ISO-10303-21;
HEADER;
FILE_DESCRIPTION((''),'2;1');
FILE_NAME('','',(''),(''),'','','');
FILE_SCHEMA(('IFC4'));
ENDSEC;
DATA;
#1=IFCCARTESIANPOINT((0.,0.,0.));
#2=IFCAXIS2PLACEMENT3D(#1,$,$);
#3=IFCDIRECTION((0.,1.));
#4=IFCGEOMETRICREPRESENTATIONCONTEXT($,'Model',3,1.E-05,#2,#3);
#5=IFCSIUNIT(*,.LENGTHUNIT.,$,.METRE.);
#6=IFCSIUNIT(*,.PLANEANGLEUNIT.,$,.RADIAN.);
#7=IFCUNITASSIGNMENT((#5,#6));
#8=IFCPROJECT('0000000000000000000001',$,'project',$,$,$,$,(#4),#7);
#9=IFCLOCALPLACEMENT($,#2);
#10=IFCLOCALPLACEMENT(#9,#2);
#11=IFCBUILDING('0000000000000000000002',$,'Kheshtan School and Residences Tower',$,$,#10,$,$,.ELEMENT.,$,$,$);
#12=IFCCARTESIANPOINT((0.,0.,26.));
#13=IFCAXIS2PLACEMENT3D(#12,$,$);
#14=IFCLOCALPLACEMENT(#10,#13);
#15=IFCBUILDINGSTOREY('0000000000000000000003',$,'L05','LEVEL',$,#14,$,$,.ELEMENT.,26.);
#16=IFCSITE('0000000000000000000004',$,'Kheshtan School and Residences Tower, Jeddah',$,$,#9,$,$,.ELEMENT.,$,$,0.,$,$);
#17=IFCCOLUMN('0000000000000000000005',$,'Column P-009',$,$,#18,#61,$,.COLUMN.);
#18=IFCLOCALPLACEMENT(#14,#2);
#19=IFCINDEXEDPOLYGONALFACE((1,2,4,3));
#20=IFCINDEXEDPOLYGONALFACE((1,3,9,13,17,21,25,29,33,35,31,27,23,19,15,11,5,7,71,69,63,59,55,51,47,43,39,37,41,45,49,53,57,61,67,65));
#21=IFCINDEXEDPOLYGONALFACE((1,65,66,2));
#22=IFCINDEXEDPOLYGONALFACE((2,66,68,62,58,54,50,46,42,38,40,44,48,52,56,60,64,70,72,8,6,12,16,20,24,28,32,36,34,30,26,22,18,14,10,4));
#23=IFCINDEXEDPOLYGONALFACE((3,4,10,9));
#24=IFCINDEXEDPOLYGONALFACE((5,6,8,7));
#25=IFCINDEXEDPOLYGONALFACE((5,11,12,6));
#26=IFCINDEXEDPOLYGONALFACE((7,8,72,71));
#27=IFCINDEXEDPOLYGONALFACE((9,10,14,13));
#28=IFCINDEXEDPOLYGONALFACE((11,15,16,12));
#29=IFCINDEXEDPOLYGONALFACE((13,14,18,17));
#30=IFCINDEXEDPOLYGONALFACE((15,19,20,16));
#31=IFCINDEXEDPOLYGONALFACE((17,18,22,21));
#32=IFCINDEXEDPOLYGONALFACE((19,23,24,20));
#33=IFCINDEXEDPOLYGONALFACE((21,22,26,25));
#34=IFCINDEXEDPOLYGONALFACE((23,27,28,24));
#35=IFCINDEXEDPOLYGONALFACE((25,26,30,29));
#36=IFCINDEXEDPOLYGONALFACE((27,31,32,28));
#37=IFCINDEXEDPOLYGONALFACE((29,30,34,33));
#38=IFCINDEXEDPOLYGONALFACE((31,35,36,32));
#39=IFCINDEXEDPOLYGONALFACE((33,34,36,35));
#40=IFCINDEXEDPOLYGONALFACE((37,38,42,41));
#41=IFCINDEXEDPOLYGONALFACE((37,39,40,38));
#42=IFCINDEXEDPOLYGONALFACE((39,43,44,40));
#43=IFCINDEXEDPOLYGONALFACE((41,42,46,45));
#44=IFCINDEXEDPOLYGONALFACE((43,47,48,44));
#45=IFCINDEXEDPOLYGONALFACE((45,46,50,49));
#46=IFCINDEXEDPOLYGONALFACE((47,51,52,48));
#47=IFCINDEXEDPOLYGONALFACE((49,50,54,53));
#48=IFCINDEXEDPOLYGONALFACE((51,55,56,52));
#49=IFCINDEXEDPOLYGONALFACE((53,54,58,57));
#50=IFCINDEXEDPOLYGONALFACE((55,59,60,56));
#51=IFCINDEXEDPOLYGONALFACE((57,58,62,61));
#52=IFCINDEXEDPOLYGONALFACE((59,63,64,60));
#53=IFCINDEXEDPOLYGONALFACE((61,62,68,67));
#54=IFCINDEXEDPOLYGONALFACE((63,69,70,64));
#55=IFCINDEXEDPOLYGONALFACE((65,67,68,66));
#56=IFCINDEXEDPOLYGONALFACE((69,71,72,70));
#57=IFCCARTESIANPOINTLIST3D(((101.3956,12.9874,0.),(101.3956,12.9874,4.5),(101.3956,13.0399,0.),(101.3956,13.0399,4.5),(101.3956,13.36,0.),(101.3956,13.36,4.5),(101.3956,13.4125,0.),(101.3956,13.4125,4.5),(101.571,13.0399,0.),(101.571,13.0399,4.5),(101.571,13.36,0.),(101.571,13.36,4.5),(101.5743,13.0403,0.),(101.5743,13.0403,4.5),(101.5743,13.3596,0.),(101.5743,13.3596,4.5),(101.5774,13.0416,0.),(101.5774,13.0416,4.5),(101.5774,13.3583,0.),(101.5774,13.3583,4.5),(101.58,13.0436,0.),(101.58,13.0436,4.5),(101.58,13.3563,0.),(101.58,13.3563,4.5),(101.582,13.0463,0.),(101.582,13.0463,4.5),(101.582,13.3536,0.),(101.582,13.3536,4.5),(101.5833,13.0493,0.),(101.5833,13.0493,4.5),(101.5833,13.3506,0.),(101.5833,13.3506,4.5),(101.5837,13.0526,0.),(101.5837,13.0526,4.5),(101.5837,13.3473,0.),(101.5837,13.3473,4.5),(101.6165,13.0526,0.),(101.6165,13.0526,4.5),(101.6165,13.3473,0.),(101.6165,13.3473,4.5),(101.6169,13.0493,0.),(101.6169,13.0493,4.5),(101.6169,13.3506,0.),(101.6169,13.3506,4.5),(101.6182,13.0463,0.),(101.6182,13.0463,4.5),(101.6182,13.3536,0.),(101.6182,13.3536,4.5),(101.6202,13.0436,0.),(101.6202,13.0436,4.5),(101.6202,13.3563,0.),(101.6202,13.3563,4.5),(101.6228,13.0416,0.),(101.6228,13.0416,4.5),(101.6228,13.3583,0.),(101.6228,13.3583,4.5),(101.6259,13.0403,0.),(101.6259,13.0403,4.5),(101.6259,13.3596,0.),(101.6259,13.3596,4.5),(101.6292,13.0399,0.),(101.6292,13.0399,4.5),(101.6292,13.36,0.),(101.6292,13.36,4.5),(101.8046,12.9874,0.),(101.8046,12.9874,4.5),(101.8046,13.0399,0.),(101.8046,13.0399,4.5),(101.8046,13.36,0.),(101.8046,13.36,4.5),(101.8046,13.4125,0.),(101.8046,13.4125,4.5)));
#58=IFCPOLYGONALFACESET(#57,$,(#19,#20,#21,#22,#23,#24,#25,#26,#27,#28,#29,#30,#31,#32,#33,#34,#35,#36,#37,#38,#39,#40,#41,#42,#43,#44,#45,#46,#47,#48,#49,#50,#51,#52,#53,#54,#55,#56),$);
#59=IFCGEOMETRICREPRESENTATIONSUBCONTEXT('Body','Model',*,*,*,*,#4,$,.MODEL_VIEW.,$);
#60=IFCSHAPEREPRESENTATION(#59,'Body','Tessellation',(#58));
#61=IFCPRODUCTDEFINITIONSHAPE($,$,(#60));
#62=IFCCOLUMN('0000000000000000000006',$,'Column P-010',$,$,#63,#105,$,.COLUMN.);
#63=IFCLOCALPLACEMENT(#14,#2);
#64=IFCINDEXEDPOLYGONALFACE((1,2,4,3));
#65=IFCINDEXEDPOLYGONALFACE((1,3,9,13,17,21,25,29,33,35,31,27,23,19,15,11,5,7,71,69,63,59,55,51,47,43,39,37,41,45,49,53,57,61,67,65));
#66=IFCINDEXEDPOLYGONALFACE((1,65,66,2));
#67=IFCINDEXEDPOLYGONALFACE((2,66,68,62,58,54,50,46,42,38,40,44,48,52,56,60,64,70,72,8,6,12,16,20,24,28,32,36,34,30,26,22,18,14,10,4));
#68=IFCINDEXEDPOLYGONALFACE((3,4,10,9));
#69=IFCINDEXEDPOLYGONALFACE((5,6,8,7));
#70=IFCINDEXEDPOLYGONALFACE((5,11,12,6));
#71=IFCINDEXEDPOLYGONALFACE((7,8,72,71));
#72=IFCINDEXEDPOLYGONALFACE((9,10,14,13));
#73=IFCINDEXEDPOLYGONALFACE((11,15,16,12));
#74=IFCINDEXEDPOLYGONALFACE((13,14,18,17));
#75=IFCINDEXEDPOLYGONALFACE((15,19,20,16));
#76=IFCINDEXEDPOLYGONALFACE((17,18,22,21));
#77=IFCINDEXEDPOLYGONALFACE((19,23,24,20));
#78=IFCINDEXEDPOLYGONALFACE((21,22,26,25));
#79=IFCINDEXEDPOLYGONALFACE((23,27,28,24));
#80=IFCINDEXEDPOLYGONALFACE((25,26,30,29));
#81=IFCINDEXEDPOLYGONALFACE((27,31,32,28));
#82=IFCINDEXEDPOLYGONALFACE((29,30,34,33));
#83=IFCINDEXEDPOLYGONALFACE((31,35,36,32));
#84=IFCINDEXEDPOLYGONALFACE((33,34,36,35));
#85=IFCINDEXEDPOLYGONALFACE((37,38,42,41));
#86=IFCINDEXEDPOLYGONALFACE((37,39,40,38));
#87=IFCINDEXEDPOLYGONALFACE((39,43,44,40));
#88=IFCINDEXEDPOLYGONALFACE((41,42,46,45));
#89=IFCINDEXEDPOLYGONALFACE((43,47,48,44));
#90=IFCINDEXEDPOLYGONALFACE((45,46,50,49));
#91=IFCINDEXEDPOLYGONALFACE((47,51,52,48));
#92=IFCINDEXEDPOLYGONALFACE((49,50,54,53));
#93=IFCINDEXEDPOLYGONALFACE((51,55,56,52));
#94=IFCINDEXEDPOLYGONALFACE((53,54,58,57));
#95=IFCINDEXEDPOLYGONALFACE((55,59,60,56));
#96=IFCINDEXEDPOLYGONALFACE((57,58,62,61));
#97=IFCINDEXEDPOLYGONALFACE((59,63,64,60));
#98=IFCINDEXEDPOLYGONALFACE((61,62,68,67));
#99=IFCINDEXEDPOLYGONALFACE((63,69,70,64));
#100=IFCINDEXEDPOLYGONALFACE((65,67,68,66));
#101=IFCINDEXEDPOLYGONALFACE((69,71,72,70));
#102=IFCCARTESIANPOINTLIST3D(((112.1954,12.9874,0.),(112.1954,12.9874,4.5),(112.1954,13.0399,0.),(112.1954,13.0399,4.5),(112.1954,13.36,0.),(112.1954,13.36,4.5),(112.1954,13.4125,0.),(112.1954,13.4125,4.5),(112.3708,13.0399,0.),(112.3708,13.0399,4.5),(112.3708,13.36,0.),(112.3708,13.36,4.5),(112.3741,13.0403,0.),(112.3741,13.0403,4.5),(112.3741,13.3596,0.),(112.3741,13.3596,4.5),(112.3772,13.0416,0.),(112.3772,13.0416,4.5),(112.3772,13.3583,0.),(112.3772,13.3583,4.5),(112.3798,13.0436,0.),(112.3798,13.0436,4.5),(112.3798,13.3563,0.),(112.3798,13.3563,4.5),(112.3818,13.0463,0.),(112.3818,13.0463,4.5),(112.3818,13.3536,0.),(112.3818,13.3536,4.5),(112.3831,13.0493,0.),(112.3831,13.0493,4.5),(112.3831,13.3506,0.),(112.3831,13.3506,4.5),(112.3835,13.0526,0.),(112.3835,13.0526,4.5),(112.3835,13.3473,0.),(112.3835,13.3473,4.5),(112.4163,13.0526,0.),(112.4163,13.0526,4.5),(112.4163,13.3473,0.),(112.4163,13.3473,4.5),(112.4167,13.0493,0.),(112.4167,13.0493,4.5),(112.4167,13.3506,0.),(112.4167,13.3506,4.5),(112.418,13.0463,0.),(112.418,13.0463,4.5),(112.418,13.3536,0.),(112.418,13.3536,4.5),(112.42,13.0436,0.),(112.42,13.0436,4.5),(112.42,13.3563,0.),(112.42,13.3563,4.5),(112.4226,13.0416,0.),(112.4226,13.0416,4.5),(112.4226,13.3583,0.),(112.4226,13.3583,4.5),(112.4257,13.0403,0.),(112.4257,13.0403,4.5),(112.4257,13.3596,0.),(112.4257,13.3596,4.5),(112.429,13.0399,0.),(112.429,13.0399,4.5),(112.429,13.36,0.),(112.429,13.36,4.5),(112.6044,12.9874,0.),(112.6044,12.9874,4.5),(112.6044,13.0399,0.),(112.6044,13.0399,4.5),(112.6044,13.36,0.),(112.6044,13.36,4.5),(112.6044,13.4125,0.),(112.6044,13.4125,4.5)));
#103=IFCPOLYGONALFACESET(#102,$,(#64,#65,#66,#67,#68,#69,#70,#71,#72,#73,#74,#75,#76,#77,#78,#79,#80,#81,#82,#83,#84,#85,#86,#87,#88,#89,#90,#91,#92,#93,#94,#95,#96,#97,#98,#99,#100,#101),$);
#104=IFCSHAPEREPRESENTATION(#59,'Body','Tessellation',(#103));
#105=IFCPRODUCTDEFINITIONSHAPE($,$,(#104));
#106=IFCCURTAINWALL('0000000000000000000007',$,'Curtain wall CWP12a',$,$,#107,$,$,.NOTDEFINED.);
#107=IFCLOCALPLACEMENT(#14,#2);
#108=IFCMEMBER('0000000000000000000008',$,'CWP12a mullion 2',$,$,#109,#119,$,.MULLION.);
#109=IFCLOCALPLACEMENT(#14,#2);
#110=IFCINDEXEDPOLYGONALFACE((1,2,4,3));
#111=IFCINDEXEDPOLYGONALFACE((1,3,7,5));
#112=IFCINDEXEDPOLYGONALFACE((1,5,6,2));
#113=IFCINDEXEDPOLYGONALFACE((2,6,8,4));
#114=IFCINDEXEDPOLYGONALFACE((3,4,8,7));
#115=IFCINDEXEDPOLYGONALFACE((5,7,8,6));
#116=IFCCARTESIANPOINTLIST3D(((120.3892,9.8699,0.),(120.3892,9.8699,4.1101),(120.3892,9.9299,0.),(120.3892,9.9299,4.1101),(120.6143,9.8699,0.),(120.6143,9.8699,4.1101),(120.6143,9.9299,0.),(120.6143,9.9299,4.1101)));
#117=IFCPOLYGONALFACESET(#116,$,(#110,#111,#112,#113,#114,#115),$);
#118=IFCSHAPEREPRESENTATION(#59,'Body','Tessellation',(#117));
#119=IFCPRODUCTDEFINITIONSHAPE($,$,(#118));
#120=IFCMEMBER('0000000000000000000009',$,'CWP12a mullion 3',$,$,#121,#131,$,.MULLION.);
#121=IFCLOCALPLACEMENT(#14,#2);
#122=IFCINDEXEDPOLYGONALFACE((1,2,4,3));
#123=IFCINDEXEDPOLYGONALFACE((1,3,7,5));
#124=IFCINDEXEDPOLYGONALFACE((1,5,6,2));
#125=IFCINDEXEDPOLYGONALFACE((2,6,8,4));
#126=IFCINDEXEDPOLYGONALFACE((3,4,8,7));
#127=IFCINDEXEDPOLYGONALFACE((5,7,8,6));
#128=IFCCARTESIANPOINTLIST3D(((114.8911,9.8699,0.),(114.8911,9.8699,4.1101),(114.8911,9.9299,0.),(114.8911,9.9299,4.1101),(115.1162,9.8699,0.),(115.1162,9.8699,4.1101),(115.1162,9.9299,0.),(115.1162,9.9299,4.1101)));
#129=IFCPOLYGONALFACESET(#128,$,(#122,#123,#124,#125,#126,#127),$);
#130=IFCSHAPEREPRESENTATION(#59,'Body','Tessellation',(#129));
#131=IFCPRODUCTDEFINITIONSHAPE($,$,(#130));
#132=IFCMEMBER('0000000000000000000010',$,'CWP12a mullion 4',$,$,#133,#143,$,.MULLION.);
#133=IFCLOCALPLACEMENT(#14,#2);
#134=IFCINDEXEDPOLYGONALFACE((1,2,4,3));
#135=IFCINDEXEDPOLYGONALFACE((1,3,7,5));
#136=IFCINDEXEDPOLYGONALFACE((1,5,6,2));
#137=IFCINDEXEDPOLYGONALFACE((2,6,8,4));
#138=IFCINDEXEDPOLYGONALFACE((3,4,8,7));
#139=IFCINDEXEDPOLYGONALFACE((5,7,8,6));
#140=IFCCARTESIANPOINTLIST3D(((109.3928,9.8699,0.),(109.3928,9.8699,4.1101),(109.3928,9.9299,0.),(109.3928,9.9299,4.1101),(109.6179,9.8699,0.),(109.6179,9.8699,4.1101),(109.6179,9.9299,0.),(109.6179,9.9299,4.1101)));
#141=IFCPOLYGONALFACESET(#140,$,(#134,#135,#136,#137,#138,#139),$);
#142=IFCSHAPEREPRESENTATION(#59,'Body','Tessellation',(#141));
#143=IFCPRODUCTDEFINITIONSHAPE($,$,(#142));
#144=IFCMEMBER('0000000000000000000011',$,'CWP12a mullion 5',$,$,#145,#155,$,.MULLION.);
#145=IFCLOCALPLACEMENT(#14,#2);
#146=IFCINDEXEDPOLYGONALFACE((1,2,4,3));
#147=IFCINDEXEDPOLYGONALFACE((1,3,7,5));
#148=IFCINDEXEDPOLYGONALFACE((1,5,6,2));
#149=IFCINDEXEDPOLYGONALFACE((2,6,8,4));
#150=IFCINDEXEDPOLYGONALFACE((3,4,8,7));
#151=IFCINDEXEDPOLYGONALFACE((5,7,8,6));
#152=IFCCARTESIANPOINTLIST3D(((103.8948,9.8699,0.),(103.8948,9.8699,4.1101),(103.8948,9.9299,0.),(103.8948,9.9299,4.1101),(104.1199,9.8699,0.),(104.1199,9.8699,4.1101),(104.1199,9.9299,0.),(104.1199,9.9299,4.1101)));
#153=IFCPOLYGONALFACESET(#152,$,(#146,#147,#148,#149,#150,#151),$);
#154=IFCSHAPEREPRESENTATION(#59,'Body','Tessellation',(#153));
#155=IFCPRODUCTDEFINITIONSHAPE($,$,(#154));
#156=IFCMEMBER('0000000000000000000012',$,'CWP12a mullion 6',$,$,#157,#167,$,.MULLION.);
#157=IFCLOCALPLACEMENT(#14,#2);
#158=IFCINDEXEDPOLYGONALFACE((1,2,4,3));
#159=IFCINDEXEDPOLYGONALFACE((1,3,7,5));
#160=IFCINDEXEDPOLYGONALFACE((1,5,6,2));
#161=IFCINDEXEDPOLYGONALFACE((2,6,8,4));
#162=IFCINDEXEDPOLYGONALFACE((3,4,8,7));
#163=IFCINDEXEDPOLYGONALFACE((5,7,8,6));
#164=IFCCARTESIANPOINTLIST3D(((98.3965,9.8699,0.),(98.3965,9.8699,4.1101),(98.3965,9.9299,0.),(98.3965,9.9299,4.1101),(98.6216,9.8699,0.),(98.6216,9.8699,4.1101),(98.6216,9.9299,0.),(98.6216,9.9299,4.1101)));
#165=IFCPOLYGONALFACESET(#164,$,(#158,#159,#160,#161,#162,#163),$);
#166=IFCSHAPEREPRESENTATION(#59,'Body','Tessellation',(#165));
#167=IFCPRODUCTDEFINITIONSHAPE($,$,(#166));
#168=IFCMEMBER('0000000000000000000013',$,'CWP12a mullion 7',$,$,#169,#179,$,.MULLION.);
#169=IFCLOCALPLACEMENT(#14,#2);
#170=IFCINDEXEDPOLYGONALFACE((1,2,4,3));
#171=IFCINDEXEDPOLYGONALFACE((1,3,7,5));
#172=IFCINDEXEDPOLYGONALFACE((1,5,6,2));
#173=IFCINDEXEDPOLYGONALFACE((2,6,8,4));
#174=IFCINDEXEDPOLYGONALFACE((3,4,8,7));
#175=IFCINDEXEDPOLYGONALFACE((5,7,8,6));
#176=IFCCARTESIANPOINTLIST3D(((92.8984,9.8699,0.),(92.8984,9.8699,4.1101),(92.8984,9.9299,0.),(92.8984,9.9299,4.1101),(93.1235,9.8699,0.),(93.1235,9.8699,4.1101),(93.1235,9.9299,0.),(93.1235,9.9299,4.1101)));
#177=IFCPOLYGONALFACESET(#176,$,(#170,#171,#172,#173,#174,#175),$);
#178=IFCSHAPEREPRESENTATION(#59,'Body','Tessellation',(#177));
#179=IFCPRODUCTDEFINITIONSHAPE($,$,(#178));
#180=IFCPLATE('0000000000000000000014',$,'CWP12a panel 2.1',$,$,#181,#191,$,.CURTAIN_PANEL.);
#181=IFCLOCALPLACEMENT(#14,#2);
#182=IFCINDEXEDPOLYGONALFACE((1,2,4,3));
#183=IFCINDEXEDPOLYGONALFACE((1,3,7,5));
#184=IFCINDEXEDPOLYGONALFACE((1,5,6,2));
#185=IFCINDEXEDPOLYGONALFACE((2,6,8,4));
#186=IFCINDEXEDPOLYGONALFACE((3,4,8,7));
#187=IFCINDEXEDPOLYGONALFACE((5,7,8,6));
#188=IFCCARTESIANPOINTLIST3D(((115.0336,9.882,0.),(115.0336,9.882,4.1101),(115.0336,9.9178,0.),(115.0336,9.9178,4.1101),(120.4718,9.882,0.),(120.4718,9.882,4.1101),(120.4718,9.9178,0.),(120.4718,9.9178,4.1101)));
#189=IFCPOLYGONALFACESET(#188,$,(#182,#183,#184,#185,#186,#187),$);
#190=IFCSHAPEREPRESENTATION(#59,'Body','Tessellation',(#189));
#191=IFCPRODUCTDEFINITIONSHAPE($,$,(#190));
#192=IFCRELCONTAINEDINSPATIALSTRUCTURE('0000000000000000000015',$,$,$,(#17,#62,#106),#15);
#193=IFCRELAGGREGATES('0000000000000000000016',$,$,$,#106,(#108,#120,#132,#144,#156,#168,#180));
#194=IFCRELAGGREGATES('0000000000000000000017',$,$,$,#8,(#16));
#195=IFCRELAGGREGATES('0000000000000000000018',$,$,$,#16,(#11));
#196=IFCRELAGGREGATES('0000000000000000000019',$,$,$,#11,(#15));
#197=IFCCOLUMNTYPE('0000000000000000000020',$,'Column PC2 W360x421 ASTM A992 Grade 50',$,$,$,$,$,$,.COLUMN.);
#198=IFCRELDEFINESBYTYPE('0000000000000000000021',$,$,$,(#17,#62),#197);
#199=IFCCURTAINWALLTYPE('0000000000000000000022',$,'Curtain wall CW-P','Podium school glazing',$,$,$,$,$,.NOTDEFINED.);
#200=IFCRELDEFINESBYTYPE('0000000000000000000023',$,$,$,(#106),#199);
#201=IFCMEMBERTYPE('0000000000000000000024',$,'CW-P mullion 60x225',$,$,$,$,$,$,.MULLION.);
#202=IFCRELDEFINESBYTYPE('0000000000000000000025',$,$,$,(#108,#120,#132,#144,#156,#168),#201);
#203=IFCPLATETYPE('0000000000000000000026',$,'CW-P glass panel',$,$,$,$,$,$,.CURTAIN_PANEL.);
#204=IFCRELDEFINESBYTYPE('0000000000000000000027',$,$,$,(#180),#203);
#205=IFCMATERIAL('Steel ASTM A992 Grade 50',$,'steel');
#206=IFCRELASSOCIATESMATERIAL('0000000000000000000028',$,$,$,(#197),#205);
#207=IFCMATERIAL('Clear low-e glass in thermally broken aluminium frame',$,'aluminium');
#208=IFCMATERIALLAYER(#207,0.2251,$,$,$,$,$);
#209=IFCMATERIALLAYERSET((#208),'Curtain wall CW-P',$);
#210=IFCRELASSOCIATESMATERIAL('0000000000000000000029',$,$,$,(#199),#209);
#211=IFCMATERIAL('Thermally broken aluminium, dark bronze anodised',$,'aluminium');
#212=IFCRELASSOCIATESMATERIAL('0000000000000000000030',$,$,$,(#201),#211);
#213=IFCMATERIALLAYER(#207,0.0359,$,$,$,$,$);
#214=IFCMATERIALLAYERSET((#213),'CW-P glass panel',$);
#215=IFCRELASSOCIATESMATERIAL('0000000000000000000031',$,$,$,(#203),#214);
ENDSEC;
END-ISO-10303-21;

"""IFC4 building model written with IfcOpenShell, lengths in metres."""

from ifc_helpers import new_model, si_unit, direction, frame, origin, origin_2d, place, context, subcontext, project, spatial, rectangle, i_section, extrude, material, layer, layer_set, material_profile, profile_set, type_object, element, aggregate, save


model = new_model("IFC4")

# Units and contexts
model_context = context("Model", 3, precision=1e-05, world=origin(), true_north=direction((0.0, 1.0)))
body_context = subcontext(model_context, "Body", "Model", "MODEL_VIEW")
ifc_project = project(units=[si_unit("LENGTHUNIT", "METRE"), si_unit("PLANEANGLEUNIT", "RADIAN")], contexts=[model_context])

# Site, building, storey
site_placement = place(None, origin())
site = spatial("IfcSite", under=ifc_project, at=site_placement, Name="Kheshtan School and Residences Tower, Jeddah", CompositionType="ELEMENT", RefElevation=0.0)
building_placement = place(site_placement, origin())
building = spatial("IfcBuilding", under=site, at=building_placement, Name="Kheshtan School and Residences Tower", CompositionType="ELEMENT")
storey_placement = place(building_placement, frame((0.0, 0.0, 26.0)))
storey = spatial("IfcBuildingStorey", under=building, at=storey_placement, Name="L05", Description="LEVEL", CompositionType="ELEMENT", Elevation=26.0)

# Columns
ifc_material_1 = material(Name="Steel ASTM A992 Grade 50", Category="steel")
ifc_material_profile_1 = material_profile(ifc_material_1, i_section(OverallWidth=0.4089, OverallDepth=0.425, WebThickness=0.0327, FlangeThickness=0.0525, FilletRadius=0.0127, at=origin_2d()), Name="W360x421")
ifc_profile_set_1 = profile_set([ifc_material_profile_1], Name="Steel ASTM A992 Grade 50")
column_type = type_object("IfcColumnType", Name="Column PC2 W360x421 ASTM A992 Grade 50", PredefinedType="COLUMN", material=ifc_profile_set_1)
for number, where, z_axis, x_axis, name in (
    (1, (101.6001, 13.2, 0.0), (0.0, 0.0, 1.0), (1.0, 0.0, 0.0), "Column P-009"),
    (2, (112.3999, 13.2, 0.0), (0.0, 0.0, 1.0), (1.0, 0.0, 0.0), "Column P-010"),
):
    element("IfcColumn", number, at=place(storey_placement, frame(where, z_axis=z_axis, x_axis=x_axis)), inside=storey, type_object=column_type, Name=name, PredefinedType="COLUMN", context=body_context, shape_type="SweptSolid", body=[
        extrude(i_section(OverallWidth=0.4089, OverallDepth=0.425, WebThickness=0.0327, FlangeThickness=0.0525, FilletRadius=0.0127, at=origin_2d()), origin(), (0.0, 0.0, 1.0), 4.5),
    ])

# Curtain wall, members, plate
ifc_material_2 = material(Name="Clear low-e glass in thermally broken aluminium frame", Category="aluminium")
ifc_layer_1 = layer(ifc_material_2, 0.2251)
ifc_layer_set_1 = layer_set([ifc_layer_1], Name="Curtain wall CW-P")
curtain_wall_type = type_object("IfcCurtainWallType", Name="Curtain wall CW-P", Description="Podium school glazing", PredefinedType="NOTDEFINED", material=ifc_layer_set_1)
curtain_wall_placement = place(storey_placement, origin())
curtain_wall = element("IfcCurtainWall", 3, at=curtain_wall_placement, inside=storey, type_object=curtain_wall_type, Name="Curtain wall CWP12a", PredefinedType="NOTDEFINED")
ifc_material_3 = material(Name="Thermally broken aluminium, dark bronze anodised", Category="aluminium")
ifc_material_profile_2 = material_profile(ifc_material_3, rectangle(XDim=0.0601, YDim=0.2251, at=origin_2d()), Name="CW-P mullion 60x225")
ifc_profile_set_2 = profile_set([ifc_material_profile_2], Name="Thermally broken aluminium, dark bronze anodised")
member_type = type_object("IfcMemberType", Name="CW-P mullion 60x225", PredefinedType="MULLION", material=ifc_profile_set_2)
member_1_placement = place(storey_placement, frame((120.5017, 9.8999, 0.0), z_axis=(0.0, 0.0, 1.0), x_axis=(0.0, -1.0, 0.0)))
member_1 = element("IfcMember", 4, at=member_1_placement, type_object=member_type, Name="CWP12a mullion 2", PredefinedType="MULLION", context=body_context, shape_type="SweptSolid", body=[
    extrude(rectangle(XDim=0.0601, YDim=0.2251, at=origin_2d()), origin(), (0.0, 0.0, 1.0), 4.1101),
])
member_2_placement = place(storey_placement, frame((115.0037, 9.8999, 0.0), z_axis=(0.0, 0.0, 1.0), x_axis=(0.0, -1.0, 0.0)))
member_2 = element("IfcMember", 5, at=member_2_placement, type_object=member_type, Name="CWP12a mullion 3", PredefinedType="MULLION", context=body_context, shape_type="SweptSolid", body=[
    extrude(rectangle(XDim=0.0601, YDim=0.2251, at=origin_2d()), origin(), (0.0, 0.0, 1.0), 4.1101),
])
member_3_placement = place(storey_placement, frame((109.5054, 9.8999, 0.0), z_axis=(0.0, 0.0, 1.0), x_axis=(0.0, -1.0, 0.0)))
member_3 = element("IfcMember", 6, at=member_3_placement, type_object=member_type, Name="CWP12a mullion 4", PredefinedType="MULLION", context=body_context, shape_type="SweptSolid", body=[
    extrude(rectangle(XDim=0.0601, YDim=0.2251, at=origin_2d()), origin(), (0.0, 0.0, 1.0), 4.1101),
])
member_4_placement = place(storey_placement, frame((104.0073, 9.8999, 0.0), z_axis=(0.0, 0.0, 1.0), x_axis=(0.0, -1.0, 0.0)))
member_4 = element("IfcMember", 7, at=member_4_placement, type_object=member_type, Name="CWP12a mullion 5", PredefinedType="MULLION", context=body_context, shape_type="SweptSolid", body=[
    extrude(rectangle(XDim=0.0601, YDim=0.2251, at=origin_2d()), origin(), (0.0, 0.0, 1.0), 4.1101),
])
member_5_placement = place(storey_placement, frame((98.509, 9.8999, 0.0), z_axis=(0.0, 0.0, 1.0), x_axis=(0.0, -1.0, 0.0)))
member_5 = element("IfcMember", 8, at=member_5_placement, type_object=member_type, Name="CWP12a mullion 6", PredefinedType="MULLION", context=body_context, shape_type="SweptSolid", body=[
    extrude(rectangle(XDim=0.0601, YDim=0.2251, at=origin_2d()), origin(), (0.0, 0.0, 1.0), 4.1101),
])
member_6_placement = place(storey_placement, frame((93.011, 9.8999, 0.0), z_axis=(0.0, 0.0, 1.0), x_axis=(0.0, -1.0, 0.0)))
member_6 = element("IfcMember", 9, at=member_6_placement, type_object=member_type, Name="CWP12a mullion 7", PredefinedType="MULLION", context=body_context, shape_type="SweptSolid", body=[
    extrude(rectangle(XDim=0.0601, YDim=0.2251, at=origin_2d()), origin(), (0.0, 0.0, 1.0), 4.1101),
])
ifc_layer_2 = layer(ifc_material_2, 0.0359)
ifc_layer_set_2 = layer_set([ifc_layer_2], Name="CW-P glass panel")
plate_type = type_object("IfcPlateType", Name="CW-P glass panel", PredefinedType="CURTAIN_PANEL", material=ifc_layer_set_2)
plate_1_placement = place(storey_placement, frame((117.7527, 9.8999, 0.0), z_axis=(0.0, 0.0, 1.0), x_axis=(-1.0, 0.0, 0.0)))
plate_1 = element("IfcPlate", 10, at=plate_1_placement, type_object=plate_type, Name="CWP12a panel 2.1", PredefinedType="CURTAIN_PANEL", context=body_context, shape_type="SweptSolid", body=[
    extrude(rectangle(XDim=5.4382, YDim=0.0359, at=origin_2d()), origin(), (0.0, 0.0, 1.0), 4.1101),
])
aggregate(curtain_wall, [member_1, member_2, member_3, member_4, member_5, member_6, plate_1])

save(model, "model.ifc")
